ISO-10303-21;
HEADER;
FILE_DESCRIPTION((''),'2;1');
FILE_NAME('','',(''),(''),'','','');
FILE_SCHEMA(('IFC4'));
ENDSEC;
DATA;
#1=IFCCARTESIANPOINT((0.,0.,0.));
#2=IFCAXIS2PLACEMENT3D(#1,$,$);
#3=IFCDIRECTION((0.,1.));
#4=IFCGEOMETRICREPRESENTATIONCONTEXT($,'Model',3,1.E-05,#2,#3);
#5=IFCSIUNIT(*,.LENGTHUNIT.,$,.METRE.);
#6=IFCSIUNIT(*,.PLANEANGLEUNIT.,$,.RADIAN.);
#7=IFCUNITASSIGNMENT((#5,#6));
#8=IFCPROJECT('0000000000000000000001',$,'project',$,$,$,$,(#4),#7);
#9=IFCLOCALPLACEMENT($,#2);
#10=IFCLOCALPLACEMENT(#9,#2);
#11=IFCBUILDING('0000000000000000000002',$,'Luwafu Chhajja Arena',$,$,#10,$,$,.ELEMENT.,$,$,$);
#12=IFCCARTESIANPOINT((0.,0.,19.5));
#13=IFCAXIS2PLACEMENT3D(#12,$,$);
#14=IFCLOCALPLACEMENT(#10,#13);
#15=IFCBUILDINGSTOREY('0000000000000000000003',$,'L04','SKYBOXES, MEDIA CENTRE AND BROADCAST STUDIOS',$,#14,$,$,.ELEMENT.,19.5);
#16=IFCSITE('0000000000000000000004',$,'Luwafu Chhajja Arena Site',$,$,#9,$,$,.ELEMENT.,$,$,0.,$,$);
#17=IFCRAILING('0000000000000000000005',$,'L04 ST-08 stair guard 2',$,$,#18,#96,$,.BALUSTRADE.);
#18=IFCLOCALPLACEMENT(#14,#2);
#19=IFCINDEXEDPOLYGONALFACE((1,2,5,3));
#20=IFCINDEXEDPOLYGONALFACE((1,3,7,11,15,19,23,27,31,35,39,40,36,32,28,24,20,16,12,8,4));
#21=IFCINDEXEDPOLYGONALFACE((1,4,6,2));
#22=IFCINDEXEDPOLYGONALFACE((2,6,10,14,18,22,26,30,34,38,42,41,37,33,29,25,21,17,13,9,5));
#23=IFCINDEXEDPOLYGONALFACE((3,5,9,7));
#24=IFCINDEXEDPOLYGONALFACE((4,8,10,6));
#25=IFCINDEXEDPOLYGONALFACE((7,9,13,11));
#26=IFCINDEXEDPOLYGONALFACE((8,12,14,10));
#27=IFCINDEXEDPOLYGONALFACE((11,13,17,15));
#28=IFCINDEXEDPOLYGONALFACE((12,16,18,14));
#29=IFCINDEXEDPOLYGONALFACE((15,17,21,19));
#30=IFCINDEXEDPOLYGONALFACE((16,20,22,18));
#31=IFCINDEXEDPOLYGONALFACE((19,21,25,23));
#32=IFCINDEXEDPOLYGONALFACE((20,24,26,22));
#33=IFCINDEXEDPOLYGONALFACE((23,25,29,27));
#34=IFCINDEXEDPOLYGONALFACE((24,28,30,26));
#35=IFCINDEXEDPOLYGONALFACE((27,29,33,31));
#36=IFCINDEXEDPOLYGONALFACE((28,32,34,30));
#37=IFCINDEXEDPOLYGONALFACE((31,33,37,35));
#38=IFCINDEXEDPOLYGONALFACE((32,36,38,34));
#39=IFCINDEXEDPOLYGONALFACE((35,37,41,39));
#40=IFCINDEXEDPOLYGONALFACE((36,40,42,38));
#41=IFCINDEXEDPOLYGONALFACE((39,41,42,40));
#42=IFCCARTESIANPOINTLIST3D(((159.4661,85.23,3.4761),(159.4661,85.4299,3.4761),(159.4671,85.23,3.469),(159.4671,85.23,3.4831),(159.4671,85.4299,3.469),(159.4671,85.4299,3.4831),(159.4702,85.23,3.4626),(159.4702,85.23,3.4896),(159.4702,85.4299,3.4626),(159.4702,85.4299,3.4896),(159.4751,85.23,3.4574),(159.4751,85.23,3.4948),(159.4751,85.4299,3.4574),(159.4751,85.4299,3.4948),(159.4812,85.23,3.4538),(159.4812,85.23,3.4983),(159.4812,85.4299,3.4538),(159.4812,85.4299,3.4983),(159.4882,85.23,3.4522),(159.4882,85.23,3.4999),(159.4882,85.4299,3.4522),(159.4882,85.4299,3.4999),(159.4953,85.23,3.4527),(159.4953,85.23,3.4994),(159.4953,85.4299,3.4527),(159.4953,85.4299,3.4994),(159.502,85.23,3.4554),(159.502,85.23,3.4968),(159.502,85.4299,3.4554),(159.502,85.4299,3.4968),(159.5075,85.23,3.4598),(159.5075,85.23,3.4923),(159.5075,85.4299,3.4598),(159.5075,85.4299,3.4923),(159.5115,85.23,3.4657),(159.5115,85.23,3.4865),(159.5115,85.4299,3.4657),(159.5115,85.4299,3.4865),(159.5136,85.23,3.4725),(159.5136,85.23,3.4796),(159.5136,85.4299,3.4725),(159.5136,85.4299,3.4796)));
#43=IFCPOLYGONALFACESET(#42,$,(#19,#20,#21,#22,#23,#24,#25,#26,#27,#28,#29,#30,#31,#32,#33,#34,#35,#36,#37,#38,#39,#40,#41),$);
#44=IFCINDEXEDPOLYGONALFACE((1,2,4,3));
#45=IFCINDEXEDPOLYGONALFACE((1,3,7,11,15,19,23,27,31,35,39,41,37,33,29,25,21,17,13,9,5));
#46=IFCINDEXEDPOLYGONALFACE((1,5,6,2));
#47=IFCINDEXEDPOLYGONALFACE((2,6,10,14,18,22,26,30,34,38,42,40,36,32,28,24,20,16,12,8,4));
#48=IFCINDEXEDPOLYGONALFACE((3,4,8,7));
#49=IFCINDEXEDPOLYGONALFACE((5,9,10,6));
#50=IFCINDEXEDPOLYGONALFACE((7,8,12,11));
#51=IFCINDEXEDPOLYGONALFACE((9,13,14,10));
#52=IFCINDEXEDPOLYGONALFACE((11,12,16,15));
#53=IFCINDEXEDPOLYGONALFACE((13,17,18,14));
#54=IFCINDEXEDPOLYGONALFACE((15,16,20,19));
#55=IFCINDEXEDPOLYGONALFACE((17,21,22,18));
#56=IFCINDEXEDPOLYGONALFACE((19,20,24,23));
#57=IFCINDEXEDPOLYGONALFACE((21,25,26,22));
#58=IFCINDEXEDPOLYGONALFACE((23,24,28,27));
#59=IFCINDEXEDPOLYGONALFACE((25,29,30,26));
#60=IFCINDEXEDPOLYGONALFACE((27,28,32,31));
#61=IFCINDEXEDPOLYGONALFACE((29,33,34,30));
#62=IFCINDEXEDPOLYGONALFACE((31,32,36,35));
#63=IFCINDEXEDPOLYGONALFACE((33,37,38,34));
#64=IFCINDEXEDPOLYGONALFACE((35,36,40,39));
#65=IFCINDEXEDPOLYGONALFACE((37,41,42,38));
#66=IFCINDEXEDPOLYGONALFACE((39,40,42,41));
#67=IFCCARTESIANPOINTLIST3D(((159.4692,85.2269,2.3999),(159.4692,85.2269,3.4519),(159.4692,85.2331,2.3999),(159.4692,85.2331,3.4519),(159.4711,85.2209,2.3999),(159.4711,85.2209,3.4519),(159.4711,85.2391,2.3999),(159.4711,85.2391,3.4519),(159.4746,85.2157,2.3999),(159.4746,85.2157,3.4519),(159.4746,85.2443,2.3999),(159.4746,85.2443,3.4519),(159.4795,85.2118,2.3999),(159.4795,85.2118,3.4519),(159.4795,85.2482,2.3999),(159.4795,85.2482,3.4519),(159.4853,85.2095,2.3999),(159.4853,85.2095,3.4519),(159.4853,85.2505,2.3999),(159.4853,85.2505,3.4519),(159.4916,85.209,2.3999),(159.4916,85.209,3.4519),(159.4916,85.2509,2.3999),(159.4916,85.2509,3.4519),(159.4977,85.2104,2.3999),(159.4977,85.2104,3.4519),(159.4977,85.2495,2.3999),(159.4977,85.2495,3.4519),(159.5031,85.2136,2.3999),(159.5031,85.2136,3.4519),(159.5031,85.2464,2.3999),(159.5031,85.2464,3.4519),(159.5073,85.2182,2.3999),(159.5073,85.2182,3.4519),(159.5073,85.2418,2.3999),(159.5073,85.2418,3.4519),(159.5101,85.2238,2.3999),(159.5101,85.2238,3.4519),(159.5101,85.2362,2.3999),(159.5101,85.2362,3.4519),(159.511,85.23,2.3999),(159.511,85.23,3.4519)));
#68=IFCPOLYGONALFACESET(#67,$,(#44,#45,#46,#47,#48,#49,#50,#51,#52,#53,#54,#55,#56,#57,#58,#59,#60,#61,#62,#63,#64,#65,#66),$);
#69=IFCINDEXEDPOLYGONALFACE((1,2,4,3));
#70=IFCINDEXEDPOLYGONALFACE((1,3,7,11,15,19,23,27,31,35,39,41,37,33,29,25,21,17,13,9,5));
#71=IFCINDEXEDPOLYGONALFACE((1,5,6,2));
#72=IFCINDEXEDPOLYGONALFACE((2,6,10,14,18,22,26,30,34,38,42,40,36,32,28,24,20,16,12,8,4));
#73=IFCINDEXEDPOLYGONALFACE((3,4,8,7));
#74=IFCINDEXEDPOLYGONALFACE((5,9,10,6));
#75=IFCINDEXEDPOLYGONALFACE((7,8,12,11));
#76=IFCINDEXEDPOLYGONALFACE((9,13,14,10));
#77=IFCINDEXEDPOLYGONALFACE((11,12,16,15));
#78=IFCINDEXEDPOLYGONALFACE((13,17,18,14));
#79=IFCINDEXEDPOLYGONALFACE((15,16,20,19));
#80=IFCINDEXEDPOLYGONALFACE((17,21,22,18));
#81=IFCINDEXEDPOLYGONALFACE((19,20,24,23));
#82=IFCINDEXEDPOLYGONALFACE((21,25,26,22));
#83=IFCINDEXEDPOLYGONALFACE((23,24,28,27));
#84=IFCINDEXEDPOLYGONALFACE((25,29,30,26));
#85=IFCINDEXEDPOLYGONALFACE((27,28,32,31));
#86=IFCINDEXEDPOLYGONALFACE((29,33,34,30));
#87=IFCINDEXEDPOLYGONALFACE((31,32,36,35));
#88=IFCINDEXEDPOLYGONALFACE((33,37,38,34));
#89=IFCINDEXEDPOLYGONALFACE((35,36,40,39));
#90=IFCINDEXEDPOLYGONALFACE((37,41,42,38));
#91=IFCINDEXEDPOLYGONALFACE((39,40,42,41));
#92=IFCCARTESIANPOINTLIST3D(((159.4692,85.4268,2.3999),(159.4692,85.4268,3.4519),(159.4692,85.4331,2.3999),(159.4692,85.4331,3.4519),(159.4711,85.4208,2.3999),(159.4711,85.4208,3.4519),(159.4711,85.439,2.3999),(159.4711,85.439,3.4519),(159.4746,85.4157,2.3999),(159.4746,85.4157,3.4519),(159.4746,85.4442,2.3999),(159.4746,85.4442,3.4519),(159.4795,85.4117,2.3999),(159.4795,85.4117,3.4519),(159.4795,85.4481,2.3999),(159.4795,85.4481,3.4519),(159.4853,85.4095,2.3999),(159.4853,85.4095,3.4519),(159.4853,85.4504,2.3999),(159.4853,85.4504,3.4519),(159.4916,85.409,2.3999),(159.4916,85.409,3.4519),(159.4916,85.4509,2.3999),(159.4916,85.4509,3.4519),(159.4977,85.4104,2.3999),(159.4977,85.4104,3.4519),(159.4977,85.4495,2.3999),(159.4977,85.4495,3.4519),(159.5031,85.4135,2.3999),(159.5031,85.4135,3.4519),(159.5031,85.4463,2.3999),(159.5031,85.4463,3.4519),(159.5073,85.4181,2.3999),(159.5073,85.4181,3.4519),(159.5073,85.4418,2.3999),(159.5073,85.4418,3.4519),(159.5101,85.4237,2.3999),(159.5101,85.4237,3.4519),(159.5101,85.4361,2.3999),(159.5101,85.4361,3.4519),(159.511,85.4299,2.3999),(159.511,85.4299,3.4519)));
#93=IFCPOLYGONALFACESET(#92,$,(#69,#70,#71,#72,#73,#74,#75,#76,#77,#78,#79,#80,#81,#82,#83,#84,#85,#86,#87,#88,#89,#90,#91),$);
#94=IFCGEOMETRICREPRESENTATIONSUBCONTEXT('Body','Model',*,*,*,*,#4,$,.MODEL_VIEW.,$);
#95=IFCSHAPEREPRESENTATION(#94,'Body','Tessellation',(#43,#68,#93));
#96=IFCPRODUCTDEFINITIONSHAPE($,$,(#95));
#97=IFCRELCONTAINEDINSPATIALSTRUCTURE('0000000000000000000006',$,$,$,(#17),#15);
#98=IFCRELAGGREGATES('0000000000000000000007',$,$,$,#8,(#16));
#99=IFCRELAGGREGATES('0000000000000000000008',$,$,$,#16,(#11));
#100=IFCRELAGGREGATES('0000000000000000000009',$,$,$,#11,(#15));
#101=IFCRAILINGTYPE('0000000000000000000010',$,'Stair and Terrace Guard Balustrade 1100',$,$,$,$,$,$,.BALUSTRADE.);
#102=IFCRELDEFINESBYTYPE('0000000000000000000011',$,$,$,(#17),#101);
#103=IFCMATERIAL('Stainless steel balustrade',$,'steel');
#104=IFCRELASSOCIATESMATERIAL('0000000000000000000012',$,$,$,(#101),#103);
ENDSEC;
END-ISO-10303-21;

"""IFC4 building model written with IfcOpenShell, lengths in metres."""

from ifc_helpers import new_model, si_unit, direction, frame, origin, origin_2d, place, context, subcontext, project, spatial, circle, extrude, material, type_object, element, save


model = new_model("IFC4")

# Units and contexts
model_context = context("Model", 3, precision=1e-05, world=origin(), true_north=direction((0.0, 1.0)))
body_context = subcontext(model_context, "Body", "Model", "MODEL_VIEW")
ifc_project = project(units=[si_unit("LENGTHUNIT", "METRE"), si_unit("PLANEANGLEUNIT", "RADIAN")], contexts=[model_context])

# Site, building, storey
site_placement = place(None, origin())
site = spatial("IfcSite", under=ifc_project, at=site_placement, Name="Luwafu Chhajja Arena Site", CompositionType="ELEMENT", RefElevation=0.0)
building_placement = place(site_placement, origin())
building = spatial("IfcBuilding", under=site, at=building_placement, Name="Luwafu Chhajja Arena", CompositionType="ELEMENT")
storey_placement = place(building_placement, frame((0.0, 0.0, 19.5)))
storey = spatial("IfcBuildingStorey", under=building, at=storey_placement, Name="L04", Description="SKYBOXES, MEDIA CENTRE AND BROADCAST STUDIOS", CompositionType="ELEMENT", Elevation=19.5)

# Railing
ifc_material_1 = material(Name="Stainless steel balustrade", Category="steel")
railing_type_1 = type_object("IfcRailingType", Name="Stair and Terrace Guard Balustrade 1100", PredefinedType="BALUSTRADE", material=ifc_material_1)
railing_1_placement = place(storey_placement, frame((159.49, 85.23, 2.3999)))
element("IfcRailing", 1, at=railing_1_placement, inside=storey, type_object=railing_type_1, Name="L04 ST-08 stair guard 2", PredefinedType="BALUSTRADE", context=body_context, shape_type="SweptSolid", body=[
    extrude(circle(Radius=0.0239, at=origin_2d()), frame((0.0, 0.0, 1.0762), z_axis=(0.0, 1.0, 0.0), x_axis=(-1.0, 0.0, 0.0)), (0.0, 0.0, 1.0), 0.2),
    extrude(circle(Radius=0.021, at=origin_2d()), origin(), (0.0, 0.0, 1.0), 1.052),
    extrude(circle(Radius=0.021, at=origin_2d()), frame((0.0, 0.2, 0.0)), (0.0, 0.0, 1.0), 1.052),
])

save(model, "model.ifc")
